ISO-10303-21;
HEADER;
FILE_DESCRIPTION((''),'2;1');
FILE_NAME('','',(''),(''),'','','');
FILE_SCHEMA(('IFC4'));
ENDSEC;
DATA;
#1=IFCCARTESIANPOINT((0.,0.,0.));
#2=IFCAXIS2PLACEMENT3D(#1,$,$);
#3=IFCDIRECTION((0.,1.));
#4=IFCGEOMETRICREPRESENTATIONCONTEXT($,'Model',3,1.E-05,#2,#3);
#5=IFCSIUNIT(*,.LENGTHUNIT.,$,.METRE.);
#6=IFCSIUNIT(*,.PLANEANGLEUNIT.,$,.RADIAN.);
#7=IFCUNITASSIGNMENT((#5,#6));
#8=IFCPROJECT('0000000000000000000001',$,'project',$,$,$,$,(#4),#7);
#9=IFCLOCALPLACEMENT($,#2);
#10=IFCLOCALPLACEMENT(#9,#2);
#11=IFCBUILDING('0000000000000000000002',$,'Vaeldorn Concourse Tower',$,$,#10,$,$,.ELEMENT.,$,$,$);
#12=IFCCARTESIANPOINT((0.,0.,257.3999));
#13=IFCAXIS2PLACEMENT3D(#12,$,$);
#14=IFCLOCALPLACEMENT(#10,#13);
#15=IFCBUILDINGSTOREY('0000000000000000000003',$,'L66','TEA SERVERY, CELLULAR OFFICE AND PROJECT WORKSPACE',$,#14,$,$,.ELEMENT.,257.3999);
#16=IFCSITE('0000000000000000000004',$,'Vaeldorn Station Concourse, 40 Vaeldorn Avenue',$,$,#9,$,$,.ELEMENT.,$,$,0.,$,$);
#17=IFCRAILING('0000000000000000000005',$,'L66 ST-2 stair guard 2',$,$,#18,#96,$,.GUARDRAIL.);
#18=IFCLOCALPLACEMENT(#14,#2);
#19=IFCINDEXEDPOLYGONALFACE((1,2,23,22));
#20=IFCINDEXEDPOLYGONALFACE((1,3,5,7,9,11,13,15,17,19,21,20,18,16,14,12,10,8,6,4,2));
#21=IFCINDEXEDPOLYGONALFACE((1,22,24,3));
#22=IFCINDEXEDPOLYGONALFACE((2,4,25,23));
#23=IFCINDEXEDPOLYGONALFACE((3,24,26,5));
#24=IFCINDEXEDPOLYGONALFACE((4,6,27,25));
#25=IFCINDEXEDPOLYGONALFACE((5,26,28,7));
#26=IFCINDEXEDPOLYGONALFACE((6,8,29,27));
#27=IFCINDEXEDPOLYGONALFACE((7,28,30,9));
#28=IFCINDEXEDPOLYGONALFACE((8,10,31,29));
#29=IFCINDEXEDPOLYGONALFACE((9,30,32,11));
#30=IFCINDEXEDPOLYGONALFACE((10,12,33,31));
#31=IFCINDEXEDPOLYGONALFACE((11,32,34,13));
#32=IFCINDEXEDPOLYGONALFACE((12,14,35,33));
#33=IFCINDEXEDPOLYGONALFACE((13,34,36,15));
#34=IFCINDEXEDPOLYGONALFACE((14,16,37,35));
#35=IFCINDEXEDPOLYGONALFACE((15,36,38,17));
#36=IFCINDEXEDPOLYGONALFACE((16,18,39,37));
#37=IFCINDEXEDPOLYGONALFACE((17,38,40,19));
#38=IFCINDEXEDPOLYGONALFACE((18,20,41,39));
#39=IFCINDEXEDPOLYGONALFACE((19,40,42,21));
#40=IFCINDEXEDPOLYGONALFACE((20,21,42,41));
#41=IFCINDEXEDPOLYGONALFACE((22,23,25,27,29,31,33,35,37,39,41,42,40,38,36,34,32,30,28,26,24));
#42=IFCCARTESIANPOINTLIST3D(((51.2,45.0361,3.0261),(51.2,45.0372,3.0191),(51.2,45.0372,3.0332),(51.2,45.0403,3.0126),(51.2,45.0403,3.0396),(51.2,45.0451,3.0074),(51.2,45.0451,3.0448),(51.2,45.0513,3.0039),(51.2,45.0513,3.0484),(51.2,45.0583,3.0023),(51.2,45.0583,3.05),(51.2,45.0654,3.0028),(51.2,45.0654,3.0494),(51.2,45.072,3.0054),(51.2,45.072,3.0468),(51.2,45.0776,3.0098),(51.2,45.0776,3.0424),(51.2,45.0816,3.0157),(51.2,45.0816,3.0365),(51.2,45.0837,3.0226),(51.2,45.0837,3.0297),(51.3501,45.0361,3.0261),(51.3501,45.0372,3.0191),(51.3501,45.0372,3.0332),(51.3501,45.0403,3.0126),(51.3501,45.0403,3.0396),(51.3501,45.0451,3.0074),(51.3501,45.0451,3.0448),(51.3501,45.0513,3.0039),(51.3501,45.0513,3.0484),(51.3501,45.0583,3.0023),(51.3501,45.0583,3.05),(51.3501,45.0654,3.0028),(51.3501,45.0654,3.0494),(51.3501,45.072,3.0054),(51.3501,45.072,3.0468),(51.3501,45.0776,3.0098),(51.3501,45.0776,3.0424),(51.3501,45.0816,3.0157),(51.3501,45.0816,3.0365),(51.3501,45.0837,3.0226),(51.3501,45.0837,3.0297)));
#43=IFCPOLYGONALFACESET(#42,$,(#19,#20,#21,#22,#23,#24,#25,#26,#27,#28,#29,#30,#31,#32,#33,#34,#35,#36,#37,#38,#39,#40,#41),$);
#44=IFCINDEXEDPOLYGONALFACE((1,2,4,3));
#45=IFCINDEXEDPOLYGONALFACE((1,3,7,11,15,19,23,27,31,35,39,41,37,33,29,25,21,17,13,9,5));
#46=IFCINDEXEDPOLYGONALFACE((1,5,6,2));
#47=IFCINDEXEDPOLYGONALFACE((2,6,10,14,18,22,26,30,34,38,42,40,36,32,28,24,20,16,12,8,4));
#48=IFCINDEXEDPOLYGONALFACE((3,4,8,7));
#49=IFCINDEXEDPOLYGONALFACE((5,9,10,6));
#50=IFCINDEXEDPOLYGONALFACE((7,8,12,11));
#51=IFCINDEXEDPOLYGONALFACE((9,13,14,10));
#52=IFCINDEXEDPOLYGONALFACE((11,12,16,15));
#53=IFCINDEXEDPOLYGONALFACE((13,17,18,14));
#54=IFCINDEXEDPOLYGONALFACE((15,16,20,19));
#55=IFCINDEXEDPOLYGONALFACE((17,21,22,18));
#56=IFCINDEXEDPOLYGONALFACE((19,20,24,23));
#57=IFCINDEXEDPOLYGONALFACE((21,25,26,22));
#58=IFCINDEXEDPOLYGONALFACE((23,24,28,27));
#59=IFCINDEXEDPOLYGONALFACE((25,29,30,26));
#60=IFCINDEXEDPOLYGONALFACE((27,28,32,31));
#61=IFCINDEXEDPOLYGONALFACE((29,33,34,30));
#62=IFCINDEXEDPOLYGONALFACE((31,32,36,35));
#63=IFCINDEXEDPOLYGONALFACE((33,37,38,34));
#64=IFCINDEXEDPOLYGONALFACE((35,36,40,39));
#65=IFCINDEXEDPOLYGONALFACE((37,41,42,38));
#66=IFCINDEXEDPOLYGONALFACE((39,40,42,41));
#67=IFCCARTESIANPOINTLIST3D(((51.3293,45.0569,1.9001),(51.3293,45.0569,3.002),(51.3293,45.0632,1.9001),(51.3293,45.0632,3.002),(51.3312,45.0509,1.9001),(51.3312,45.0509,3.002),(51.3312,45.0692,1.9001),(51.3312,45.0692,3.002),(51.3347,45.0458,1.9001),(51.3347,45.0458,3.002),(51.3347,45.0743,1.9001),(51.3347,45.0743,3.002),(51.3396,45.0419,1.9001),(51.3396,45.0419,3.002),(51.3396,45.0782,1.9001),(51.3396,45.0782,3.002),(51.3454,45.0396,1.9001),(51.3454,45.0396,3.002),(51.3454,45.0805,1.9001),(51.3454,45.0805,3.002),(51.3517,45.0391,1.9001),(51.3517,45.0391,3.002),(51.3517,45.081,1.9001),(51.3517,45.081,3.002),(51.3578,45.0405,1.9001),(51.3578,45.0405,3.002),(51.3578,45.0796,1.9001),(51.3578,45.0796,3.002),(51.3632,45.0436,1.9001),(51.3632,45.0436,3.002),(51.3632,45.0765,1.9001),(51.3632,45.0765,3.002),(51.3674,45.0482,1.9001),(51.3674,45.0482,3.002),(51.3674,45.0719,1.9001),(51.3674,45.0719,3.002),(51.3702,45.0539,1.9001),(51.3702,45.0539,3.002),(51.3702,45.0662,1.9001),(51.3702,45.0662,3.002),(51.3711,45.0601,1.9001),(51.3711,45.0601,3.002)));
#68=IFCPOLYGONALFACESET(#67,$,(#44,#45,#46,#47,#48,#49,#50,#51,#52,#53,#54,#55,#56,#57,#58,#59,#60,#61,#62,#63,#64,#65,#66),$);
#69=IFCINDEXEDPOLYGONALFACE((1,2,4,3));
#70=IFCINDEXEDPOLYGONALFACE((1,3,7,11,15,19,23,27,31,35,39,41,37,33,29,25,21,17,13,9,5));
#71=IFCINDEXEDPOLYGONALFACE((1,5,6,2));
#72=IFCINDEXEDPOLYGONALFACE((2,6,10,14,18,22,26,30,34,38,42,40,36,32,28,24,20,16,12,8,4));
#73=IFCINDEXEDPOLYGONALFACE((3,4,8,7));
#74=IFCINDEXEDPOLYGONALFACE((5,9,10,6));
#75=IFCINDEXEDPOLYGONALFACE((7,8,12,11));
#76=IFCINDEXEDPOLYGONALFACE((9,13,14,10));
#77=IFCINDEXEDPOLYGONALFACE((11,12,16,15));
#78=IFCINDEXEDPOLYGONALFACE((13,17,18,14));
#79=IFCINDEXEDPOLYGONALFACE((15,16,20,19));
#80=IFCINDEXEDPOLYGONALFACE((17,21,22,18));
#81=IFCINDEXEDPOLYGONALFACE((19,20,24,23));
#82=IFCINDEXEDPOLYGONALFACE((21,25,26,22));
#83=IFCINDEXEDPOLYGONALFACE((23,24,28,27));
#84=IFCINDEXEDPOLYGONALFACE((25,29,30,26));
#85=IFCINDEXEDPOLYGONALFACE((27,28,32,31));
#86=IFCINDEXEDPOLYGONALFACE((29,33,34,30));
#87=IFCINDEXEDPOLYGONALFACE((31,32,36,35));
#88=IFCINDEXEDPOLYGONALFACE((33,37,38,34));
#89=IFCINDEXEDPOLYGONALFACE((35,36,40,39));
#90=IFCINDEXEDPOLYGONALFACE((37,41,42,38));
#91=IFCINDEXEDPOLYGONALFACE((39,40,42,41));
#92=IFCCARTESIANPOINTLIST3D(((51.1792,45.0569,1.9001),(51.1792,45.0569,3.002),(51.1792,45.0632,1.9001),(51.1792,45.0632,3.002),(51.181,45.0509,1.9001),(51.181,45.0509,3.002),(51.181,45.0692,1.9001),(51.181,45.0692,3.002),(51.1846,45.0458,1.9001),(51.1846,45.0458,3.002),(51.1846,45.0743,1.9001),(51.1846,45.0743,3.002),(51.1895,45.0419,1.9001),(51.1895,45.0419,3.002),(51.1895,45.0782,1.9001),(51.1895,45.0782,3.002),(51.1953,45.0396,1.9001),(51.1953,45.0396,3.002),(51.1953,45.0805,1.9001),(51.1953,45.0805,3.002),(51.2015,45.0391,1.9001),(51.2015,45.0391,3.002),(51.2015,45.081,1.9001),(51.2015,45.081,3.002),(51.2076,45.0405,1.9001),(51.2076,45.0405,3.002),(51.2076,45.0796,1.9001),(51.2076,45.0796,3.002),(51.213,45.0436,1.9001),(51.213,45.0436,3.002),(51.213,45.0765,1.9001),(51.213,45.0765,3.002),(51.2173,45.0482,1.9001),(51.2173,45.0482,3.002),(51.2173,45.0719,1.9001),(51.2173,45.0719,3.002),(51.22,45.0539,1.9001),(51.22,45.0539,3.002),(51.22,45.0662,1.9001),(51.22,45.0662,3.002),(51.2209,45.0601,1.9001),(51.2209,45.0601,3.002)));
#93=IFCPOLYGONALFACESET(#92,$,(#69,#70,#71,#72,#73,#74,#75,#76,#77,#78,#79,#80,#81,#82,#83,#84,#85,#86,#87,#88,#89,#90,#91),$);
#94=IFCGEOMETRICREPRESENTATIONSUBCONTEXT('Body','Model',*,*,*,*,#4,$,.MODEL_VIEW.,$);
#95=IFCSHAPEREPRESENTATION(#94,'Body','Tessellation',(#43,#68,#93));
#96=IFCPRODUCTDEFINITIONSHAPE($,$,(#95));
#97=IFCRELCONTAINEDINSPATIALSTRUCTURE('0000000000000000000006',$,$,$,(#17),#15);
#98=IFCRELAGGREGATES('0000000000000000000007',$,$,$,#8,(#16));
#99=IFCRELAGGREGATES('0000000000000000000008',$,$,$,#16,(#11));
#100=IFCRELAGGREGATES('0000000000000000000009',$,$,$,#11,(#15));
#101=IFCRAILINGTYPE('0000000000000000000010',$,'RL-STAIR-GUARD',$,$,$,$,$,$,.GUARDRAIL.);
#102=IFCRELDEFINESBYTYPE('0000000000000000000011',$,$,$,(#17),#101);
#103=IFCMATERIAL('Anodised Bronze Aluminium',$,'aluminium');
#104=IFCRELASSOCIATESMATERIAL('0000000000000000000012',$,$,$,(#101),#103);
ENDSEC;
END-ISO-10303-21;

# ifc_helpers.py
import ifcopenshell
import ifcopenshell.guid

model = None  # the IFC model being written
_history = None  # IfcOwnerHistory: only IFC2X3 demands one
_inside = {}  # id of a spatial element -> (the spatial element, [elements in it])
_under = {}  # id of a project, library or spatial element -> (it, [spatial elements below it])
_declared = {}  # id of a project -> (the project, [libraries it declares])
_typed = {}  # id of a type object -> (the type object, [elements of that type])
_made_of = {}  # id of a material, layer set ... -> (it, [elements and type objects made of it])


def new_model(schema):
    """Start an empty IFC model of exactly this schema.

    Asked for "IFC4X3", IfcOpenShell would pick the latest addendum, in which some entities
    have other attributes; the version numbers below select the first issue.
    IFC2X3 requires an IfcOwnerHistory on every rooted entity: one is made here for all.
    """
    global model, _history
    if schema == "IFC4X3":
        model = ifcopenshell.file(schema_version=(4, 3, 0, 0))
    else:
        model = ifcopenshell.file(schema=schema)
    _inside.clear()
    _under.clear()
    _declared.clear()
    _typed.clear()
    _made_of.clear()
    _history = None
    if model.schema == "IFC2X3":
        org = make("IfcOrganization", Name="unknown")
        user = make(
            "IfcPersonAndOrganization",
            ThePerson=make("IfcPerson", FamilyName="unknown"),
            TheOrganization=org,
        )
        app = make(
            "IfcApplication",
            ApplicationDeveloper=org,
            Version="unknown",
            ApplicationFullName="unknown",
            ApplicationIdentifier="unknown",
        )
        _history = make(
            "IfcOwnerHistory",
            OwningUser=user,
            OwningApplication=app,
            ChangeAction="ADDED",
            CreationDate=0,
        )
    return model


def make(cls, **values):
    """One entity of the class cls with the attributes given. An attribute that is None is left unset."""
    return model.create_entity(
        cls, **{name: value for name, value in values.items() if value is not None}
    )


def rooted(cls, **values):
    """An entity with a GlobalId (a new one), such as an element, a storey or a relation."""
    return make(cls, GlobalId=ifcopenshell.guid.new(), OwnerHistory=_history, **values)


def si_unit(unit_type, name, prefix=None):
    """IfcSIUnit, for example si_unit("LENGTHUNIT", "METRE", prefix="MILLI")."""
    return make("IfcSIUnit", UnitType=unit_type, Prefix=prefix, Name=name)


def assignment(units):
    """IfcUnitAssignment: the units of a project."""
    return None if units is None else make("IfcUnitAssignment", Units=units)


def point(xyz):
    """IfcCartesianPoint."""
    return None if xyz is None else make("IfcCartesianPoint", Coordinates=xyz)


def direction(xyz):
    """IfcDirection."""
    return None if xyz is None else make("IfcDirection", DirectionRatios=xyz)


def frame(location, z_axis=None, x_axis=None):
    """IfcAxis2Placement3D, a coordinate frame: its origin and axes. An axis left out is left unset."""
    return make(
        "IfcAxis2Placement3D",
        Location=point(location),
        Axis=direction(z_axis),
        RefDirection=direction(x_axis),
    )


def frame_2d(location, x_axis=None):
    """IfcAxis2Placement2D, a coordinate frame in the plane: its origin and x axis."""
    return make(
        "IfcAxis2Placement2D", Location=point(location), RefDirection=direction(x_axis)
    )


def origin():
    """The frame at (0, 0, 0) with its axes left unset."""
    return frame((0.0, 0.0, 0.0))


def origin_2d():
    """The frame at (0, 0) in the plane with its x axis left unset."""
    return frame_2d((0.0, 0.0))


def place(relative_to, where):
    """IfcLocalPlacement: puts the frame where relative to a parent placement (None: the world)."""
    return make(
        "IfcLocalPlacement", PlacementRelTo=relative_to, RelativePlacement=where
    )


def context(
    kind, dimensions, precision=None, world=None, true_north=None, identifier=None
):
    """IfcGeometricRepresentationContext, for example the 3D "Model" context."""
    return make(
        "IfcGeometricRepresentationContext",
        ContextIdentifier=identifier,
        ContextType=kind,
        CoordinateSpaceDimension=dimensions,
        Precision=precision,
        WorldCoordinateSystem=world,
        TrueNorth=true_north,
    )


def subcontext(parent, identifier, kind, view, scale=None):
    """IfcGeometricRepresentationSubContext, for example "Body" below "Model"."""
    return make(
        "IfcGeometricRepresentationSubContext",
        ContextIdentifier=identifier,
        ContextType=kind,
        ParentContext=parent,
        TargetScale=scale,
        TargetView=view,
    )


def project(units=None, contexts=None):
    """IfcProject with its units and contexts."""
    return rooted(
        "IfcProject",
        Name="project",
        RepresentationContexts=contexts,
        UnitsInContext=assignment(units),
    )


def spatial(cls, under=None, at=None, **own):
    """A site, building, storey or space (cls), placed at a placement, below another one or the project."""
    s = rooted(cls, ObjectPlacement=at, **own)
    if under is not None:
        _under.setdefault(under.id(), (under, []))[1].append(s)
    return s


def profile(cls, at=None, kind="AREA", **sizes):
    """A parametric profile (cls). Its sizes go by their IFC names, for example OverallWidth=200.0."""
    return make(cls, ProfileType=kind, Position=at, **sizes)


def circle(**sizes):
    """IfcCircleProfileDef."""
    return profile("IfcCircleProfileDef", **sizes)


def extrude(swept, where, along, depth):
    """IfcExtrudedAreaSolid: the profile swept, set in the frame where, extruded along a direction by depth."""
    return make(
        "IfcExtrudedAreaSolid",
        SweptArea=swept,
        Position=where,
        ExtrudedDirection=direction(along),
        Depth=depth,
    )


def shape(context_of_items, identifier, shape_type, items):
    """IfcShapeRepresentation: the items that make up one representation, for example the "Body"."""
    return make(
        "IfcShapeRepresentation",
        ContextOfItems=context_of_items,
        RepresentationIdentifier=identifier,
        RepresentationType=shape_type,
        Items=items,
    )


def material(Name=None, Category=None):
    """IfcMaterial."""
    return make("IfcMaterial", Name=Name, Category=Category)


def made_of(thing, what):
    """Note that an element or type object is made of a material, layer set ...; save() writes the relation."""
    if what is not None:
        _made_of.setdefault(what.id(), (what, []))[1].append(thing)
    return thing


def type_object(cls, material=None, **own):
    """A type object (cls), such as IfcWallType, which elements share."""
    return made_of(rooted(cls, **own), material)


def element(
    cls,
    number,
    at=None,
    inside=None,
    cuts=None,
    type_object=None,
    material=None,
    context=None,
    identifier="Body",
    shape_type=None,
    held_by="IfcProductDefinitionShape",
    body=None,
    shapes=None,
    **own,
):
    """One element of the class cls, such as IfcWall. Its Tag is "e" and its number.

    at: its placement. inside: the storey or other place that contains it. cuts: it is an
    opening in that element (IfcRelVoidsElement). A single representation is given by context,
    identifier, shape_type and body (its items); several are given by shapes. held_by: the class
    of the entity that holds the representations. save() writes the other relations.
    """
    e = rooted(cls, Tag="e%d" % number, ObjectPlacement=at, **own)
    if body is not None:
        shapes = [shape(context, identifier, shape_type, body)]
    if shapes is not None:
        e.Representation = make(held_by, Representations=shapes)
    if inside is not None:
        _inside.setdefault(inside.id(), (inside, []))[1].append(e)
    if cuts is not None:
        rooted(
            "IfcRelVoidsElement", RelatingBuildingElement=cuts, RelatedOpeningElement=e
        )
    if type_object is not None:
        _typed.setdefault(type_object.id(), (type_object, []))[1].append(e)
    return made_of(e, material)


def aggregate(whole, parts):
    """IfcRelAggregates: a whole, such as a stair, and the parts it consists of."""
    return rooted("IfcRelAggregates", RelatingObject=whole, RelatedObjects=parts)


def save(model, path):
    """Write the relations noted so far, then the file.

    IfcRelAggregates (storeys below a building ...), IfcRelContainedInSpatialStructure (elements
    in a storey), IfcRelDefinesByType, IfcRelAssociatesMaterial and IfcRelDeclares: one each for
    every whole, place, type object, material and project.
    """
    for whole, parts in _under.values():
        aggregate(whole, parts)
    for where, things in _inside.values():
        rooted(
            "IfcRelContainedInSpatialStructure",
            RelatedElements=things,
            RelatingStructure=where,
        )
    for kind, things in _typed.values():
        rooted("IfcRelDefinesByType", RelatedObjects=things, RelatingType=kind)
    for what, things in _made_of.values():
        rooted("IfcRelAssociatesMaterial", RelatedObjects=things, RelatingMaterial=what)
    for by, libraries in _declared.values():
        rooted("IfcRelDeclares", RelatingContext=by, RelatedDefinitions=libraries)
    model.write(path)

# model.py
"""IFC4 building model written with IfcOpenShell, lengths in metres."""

from ifc_helpers import new_model, si_unit, direction, frame, origin, origin_2d, place, context, subcontext, project, spatial, circle, extrude, material, type_object, element, save


model = new_model("IFC4")

# Units and contexts
model_context = context("Model", 3, precision=1e-05, world=origin(), true_north=direction((0.0, 1.0)))
body_context = subcontext(model_context, "Body", "Model", "MODEL_VIEW")
ifc_project = project(units=[si_unit("LENGTHUNIT", "METRE"), si_unit("PLANEANGLEUNIT", "RADIAN")], contexts=[model_context])

# Site, building, storey
site_placement = place(None, origin())
site = spatial("IfcSite", under=ifc_project, at=site_placement, Name="Vaeldorn Station Concourse, 40 Vaeldorn Avenue", CompositionType="ELEMENT", RefElevation=0.0)
building_placement = place(site_placement, origin())
building = spatial("IfcBuilding", under=site, at=building_placement, Name="Vaeldorn Concourse Tower", CompositionType="ELEMENT")
storey_placement = place(building_placement, frame((0.0, 0.0, 257.3999)))
storey = spatial("IfcBuildingStorey", under=building, at=storey_placement, Name="L66", Description="TEA SERVERY, CELLULAR OFFICE AND PROJECT WORKSPACE", CompositionType="ELEMENT", Elevation=257.3999)

# Shared definitions
ifc_material_1 = material(Name="Anodised Bronze Aluminium", Category="aluminium")

# Railing
railing_type = type_object("IfcRailingType", Name="RL-STAIR-GUARD", PredefinedType="GUARDRAIL", material=ifc_material_1)
railing_1_placement = place(storey_placement, frame((51.3501, 45.0601, 1.9001)))
element("IfcRailing", 1, at=railing_1_placement, inside=storey, type_object=railing_type, Name="L66 ST-2 stair guard 2", PredefinedType="GUARDRAIL", context=body_context, shape_type="SweptSolid", body=[
    extrude(circle(Radius=0.0239, at=origin_2d()), frame((0.0, 0.0, 1.126), z_axis=(-1.0, 0.0, 0.0), x_axis=(0.0, -1.0, 0.0)), (0.0, 0.0, 1.0), 0.1501),
    extrude(circle(Radius=0.021, at=origin_2d()), origin(), (0.0, 0.0, 1.0), 1.1018),
    extrude(circle(Radius=0.021, at=origin_2d()), frame((-0.1501, 0.0, 0.0)), (0.0, 0.0, 1.0), 1.1018),
])

save(model, "model.ifc")
